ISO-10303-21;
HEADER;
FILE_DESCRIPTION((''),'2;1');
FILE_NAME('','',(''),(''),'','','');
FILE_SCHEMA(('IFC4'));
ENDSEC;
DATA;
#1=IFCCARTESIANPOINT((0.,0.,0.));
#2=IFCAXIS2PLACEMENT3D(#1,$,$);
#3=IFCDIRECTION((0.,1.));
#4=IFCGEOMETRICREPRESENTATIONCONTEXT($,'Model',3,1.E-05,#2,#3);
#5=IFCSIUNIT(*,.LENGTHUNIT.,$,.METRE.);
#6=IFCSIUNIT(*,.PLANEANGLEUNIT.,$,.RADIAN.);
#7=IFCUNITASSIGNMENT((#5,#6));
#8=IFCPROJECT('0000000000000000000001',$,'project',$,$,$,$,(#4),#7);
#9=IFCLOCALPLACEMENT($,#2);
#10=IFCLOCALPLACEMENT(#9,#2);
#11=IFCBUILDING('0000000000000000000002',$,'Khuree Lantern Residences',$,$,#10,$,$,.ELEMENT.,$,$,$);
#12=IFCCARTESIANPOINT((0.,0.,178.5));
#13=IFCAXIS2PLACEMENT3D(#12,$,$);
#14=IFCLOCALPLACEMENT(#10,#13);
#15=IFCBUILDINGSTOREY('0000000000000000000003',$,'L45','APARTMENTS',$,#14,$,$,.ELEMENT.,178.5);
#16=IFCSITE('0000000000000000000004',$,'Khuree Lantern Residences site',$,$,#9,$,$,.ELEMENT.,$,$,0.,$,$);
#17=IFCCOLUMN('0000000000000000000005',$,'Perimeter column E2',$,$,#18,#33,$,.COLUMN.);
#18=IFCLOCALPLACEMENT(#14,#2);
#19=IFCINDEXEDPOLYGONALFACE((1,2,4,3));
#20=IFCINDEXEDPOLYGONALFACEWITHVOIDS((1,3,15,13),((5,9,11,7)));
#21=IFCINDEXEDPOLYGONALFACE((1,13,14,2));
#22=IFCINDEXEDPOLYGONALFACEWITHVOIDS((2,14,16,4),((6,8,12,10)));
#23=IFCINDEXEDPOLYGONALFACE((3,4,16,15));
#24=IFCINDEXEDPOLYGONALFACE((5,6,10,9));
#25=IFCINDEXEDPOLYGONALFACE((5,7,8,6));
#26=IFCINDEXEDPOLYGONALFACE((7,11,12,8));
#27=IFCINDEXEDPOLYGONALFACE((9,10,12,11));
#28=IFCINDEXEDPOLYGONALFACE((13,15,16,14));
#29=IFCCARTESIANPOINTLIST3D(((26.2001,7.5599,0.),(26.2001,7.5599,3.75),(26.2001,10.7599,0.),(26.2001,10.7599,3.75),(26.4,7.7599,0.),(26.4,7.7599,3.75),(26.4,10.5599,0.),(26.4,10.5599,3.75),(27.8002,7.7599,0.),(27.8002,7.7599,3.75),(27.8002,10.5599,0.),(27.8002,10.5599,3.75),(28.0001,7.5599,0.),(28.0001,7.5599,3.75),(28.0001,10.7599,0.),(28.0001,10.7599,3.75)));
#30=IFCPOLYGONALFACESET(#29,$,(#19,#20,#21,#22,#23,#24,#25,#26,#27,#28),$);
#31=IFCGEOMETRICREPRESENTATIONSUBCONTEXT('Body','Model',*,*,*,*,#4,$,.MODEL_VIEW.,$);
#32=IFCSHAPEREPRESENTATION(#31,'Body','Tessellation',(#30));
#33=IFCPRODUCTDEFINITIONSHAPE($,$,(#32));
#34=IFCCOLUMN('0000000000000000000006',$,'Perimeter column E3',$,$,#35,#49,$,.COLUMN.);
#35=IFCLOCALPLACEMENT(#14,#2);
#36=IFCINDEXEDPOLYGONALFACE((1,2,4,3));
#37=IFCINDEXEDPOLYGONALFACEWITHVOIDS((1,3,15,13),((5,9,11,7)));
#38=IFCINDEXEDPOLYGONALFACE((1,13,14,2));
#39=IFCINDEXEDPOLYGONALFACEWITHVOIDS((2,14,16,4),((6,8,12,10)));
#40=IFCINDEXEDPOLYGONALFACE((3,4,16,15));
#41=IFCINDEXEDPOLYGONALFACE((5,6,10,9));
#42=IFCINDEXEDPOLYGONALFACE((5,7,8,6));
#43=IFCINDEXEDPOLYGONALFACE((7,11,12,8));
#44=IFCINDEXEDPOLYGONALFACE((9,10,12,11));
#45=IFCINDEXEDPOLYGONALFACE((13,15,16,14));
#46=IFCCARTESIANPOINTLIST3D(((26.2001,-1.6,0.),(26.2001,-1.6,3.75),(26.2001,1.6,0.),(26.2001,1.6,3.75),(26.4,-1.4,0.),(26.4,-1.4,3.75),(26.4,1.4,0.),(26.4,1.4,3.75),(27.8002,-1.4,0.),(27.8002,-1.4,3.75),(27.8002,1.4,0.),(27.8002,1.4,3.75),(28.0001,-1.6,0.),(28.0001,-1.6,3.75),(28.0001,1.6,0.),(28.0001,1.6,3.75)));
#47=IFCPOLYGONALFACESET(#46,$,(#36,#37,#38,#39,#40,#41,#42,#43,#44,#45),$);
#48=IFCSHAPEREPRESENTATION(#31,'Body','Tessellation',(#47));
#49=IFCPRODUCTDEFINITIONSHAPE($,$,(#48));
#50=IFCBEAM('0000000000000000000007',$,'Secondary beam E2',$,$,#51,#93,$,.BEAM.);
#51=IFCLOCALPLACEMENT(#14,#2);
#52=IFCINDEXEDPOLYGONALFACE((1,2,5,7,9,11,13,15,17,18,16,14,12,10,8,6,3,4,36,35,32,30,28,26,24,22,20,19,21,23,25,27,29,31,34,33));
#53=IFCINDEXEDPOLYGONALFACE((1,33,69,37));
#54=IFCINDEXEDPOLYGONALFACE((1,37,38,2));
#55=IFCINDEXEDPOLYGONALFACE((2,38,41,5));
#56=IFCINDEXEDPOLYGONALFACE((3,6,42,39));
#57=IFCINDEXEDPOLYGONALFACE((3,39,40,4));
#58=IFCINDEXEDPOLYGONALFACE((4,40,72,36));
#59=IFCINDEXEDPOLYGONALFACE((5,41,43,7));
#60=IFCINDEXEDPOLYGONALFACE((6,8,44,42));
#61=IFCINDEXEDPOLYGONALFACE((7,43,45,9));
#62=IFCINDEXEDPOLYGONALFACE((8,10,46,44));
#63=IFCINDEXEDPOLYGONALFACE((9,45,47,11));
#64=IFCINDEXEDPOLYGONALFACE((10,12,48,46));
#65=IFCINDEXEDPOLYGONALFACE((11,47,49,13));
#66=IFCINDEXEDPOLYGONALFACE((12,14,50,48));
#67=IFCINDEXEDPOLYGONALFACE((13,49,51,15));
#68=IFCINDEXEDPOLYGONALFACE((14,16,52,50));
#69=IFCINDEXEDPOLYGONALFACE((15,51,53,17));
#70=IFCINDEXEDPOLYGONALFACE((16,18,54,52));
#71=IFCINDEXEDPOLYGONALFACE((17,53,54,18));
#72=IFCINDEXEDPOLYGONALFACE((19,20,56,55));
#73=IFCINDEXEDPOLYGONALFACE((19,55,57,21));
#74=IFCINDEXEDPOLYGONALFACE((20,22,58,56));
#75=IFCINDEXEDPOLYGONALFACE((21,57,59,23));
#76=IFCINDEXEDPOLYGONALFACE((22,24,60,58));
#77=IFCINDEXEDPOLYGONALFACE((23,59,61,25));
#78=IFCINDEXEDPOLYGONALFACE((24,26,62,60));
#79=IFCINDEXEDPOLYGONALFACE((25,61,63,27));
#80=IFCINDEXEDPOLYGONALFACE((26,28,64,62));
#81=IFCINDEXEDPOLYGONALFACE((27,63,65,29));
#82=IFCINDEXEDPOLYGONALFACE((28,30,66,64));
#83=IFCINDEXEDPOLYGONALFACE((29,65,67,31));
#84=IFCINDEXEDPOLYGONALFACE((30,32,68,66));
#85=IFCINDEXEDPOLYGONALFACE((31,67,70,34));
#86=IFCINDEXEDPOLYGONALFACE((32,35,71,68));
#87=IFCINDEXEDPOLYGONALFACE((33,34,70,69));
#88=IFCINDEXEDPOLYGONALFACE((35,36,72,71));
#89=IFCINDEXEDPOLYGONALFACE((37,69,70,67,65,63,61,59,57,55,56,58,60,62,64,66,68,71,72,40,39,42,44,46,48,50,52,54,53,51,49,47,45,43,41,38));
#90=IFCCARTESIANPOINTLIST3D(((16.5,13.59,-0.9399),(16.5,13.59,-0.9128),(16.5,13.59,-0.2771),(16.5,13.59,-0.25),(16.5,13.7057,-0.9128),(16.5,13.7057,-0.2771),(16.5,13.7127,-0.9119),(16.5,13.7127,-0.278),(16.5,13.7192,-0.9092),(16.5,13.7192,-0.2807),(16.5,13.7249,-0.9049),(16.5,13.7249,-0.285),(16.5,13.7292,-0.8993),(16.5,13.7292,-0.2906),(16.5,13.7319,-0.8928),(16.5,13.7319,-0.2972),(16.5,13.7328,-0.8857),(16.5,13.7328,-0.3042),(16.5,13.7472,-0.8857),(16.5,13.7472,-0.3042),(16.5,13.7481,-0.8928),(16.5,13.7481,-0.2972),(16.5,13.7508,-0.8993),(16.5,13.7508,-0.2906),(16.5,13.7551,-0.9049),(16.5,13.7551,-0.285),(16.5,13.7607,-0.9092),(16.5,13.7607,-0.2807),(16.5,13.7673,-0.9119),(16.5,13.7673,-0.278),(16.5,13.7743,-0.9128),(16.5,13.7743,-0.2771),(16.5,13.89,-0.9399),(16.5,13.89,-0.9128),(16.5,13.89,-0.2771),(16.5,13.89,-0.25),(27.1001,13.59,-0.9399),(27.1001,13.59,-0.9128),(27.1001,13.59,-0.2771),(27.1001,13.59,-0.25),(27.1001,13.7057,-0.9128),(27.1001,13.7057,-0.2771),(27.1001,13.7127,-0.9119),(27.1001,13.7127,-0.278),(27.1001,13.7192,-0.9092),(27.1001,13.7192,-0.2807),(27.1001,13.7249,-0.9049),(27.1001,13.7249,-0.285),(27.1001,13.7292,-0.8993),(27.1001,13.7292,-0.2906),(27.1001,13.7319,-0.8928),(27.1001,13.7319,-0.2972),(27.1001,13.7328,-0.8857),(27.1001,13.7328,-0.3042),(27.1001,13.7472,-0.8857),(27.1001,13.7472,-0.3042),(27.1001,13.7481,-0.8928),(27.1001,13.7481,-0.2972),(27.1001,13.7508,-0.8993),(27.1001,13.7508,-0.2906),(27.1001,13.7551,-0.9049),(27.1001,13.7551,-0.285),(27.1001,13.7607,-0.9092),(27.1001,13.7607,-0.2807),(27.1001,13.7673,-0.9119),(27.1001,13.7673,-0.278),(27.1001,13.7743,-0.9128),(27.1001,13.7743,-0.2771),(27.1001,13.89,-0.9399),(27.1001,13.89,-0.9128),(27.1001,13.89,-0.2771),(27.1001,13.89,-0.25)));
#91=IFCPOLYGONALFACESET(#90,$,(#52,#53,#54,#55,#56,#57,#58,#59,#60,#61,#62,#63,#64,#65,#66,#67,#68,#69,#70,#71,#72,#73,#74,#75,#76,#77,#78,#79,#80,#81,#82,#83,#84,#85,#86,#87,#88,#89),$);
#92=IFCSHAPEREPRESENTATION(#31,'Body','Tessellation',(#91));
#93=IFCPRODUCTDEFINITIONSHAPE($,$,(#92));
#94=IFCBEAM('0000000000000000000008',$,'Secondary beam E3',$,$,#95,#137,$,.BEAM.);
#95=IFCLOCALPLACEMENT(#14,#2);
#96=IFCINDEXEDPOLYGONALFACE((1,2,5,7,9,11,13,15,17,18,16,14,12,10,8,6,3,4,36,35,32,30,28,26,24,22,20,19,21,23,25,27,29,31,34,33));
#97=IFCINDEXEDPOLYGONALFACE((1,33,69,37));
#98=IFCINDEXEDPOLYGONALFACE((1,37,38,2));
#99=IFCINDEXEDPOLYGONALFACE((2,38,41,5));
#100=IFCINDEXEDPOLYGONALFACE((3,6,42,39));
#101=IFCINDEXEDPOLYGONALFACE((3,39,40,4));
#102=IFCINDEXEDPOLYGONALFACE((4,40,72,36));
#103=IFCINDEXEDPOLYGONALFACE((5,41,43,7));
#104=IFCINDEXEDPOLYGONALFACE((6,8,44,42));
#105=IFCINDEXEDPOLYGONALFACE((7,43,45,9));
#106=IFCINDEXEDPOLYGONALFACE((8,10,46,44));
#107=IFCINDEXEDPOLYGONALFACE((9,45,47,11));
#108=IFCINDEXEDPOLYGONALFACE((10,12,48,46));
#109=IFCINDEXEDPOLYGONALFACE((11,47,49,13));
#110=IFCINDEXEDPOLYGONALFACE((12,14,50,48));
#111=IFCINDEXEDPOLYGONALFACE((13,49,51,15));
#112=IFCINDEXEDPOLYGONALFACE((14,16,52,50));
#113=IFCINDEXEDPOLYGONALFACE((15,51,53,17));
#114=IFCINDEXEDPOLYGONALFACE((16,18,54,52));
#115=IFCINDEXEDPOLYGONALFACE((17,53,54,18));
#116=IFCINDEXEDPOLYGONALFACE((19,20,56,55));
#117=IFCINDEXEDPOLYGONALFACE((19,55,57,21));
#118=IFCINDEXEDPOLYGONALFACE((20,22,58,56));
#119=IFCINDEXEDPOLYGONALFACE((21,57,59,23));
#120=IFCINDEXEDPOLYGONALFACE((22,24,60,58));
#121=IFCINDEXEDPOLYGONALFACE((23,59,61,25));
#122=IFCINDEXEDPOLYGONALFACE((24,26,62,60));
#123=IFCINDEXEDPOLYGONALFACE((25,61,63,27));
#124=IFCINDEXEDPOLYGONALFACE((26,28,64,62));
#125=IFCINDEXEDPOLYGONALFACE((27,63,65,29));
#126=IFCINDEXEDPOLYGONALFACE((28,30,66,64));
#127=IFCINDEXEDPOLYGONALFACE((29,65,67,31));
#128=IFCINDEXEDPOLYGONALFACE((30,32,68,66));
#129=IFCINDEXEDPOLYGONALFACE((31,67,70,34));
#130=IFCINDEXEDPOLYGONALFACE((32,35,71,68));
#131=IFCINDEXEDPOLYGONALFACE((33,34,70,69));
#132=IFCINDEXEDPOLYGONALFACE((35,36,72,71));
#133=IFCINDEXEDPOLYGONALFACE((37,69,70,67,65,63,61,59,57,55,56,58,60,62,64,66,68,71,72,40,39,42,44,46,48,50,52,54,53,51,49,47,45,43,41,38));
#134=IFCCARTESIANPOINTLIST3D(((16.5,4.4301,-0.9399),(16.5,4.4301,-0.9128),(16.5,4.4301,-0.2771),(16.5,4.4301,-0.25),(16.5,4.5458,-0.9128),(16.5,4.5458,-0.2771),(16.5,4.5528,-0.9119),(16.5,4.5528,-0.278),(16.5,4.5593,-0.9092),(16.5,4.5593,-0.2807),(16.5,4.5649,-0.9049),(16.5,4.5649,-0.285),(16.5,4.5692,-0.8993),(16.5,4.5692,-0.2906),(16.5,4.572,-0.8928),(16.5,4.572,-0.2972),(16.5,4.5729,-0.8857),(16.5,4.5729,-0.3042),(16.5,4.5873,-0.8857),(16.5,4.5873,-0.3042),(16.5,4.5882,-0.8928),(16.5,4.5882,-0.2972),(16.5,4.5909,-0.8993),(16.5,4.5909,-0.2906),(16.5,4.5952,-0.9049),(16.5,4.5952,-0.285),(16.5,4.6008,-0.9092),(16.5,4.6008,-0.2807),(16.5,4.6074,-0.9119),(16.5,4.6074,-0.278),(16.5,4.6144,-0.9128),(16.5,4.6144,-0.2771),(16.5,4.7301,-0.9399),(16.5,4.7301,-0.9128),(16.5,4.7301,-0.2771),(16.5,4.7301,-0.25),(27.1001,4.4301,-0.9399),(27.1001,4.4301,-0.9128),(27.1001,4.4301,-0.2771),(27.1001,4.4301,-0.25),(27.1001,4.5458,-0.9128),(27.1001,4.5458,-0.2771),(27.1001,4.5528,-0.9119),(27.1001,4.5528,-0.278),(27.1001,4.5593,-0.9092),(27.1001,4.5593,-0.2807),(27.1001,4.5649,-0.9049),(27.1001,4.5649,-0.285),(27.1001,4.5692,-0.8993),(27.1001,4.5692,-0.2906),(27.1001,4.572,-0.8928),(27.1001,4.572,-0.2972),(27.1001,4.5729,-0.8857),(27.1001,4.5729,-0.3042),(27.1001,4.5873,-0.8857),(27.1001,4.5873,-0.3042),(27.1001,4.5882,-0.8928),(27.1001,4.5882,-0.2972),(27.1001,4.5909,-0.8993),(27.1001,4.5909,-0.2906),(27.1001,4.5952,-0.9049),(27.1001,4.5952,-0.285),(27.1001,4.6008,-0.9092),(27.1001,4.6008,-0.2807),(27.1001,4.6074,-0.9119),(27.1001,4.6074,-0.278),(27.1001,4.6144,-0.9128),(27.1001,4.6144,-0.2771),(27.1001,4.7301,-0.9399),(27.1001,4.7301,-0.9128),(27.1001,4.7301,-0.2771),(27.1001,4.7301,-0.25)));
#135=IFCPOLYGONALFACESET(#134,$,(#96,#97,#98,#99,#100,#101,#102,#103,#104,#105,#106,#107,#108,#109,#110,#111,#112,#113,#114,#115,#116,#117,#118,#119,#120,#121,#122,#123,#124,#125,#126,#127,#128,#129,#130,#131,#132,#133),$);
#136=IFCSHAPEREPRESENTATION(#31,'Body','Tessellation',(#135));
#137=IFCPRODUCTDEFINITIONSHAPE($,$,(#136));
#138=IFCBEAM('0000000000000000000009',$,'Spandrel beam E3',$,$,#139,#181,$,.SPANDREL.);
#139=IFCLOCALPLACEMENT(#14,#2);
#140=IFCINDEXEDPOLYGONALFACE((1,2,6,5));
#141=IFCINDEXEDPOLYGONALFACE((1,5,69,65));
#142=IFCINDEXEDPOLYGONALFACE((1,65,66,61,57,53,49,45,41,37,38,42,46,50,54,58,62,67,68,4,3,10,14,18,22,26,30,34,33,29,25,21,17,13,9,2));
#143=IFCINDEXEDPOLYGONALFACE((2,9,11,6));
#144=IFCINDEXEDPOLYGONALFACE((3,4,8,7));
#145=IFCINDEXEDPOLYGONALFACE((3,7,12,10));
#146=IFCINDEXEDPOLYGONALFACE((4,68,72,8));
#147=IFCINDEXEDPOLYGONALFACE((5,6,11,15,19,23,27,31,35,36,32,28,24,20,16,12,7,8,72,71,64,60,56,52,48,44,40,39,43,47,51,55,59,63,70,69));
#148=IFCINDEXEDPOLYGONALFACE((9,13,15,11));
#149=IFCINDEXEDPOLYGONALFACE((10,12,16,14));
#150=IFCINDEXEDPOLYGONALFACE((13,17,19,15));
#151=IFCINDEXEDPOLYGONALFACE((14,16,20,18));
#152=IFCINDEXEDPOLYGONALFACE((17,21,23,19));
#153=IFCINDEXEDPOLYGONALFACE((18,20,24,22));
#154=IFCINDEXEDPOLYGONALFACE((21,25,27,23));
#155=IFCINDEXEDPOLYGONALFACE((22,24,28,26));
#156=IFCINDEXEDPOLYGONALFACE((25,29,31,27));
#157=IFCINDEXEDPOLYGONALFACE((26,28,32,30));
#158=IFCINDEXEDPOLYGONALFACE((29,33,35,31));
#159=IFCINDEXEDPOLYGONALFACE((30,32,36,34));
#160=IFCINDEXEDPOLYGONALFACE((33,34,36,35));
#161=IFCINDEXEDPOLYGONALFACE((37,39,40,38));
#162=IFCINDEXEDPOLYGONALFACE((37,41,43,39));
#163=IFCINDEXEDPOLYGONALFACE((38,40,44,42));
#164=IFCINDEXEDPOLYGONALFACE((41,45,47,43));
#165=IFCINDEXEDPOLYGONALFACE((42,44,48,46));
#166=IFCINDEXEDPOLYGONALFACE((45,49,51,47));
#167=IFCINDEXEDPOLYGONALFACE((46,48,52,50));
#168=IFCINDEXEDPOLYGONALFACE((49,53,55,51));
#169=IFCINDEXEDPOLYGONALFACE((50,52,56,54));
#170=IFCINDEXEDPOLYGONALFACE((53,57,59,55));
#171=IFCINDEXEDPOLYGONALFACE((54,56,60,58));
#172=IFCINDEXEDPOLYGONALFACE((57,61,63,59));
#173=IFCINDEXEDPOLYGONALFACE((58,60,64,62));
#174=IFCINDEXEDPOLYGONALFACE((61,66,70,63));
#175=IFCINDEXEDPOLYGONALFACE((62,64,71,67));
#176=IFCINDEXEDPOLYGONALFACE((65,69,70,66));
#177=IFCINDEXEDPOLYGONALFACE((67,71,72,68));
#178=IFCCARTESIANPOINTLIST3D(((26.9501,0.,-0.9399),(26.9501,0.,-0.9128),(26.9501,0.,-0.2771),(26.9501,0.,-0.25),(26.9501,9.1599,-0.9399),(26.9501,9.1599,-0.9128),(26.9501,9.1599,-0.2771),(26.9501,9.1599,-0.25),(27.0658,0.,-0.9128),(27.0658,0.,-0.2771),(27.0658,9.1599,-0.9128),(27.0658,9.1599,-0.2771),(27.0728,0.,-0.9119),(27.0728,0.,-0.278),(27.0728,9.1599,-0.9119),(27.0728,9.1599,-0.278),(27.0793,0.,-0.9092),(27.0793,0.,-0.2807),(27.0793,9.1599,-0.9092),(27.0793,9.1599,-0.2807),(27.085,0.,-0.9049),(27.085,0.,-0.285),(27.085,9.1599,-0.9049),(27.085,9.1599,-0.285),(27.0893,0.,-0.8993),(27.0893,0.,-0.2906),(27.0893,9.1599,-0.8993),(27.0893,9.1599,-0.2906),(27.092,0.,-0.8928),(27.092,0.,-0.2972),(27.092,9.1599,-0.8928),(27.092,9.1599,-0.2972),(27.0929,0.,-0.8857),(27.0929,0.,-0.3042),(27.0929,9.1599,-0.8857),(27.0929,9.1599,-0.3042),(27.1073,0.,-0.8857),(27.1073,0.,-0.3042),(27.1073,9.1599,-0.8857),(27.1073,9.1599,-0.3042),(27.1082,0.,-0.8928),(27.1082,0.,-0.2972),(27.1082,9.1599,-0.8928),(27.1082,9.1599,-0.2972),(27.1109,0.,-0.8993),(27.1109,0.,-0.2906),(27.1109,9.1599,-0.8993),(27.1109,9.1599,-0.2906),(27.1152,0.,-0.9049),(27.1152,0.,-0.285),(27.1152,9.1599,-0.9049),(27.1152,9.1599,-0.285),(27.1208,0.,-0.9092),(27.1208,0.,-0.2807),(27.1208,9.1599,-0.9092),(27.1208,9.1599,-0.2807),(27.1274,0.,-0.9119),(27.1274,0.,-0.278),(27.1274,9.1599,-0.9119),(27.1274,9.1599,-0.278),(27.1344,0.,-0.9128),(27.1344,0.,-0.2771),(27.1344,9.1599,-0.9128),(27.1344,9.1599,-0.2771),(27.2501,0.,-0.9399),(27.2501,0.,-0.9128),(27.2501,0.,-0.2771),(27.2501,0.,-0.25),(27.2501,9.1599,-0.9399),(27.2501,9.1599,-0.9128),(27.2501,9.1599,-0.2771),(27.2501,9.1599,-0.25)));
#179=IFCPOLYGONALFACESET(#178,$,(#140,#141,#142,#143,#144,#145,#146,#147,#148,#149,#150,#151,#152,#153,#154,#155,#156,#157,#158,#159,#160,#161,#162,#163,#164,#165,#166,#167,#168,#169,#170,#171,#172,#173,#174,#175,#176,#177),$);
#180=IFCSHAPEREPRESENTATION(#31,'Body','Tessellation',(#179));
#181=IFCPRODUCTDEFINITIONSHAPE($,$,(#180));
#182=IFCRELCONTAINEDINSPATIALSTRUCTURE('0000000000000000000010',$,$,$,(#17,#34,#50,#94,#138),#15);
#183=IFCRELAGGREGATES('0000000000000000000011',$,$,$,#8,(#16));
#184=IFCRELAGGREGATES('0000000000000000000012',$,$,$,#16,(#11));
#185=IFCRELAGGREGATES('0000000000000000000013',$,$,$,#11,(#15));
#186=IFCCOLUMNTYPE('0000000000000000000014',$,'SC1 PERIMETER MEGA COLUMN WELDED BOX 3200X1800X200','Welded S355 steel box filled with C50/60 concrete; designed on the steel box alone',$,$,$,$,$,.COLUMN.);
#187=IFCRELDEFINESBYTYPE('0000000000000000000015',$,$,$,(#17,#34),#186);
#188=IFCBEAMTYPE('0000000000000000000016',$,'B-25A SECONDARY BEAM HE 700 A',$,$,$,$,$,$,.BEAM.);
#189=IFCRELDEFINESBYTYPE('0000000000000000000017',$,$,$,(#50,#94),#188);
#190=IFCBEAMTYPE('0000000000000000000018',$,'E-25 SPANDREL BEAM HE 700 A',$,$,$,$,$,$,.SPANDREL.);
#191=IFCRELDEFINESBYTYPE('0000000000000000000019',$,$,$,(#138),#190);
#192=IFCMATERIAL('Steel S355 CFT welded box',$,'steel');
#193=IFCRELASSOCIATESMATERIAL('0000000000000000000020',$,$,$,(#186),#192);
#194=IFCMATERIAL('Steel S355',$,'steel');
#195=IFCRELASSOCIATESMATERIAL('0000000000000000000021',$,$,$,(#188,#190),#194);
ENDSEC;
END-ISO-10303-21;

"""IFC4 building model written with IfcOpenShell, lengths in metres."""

from ifc_helpers import new_model, si_unit, direction, frame, origin, origin_2d, place, context, subcontext, project, spatial, hollow_rectangle, i_section, extrude, material, material_profile, profile_set, type_object, element, save


model = new_model("IFC4")

# Units and contexts
model_context = context("Model", 3, precision=1e-05, world=origin(), true_north=direction((0.0, 1.0)))
body_context = subcontext(model_context, "Body", "Model", "MODEL_VIEW")
ifc_project = project(units=[si_unit("LENGTHUNIT", "METRE"), si_unit("PLANEANGLEUNIT", "RADIAN")], contexts=[model_context])

# Site, building, storey
site_placement = place(None, origin())
site = spatial("IfcSite", under=ifc_project, at=site_placement, Name="Khuree Lantern Residences site", CompositionType="ELEMENT", RefElevation=0.0)
building_placement = place(site_placement, origin())
building = spatial("IfcBuilding", under=site, at=building_placement, Name="Khuree Lantern Residences", CompositionType="ELEMENT")
storey_placement = place(building_placement, frame((0.0, 0.0, 178.5)))
storey = spatial("IfcBuildingStorey", under=building, at=storey_placement, Name="L45", Description="APARTMENTS", CompositionType="ELEMENT", Elevation=178.5)

# Columns
ifc_material_1 = material(Name="Steel S355 CFT welded box", Category="steel")
ifc_material_profile_1 = material_profile(ifc_material_1, hollow_rectangle(XDim=3.2, YDim=1.8, WallThickness=0.2, at=origin_2d()), Name="WELDED BOX 3200X1800X200")
ifc_profile_set_1 = profile_set([ifc_material_profile_1], Name="Steel S355 CFT welded box")
column_type = type_object("IfcColumnType", Name="SC1 PERIMETER MEGA COLUMN WELDED BOX 3200X1800X200", Description="Welded S355 steel box filled with C50/60 concrete; designed on the steel box alone", PredefinedType="COLUMN", material=ifc_profile_set_1)
for number, where, z_axis, x_axis, name in (
    (1, (27.1001, 9.1599, 0.0), (0.0, 0.0, 1.0), (0.0, 1.0, 0.0), "Perimeter column E2"),
    (2, (27.1001, 0.0, 0.0), (0.0, 0.0, 1.0), (0.0, 1.0, 0.0), "Perimeter column E3"),
):
    element("IfcColumn", number, at=place(storey_placement, frame(where, z_axis=z_axis, x_axis=x_axis)), inside=storey, type_object=column_type, Name=name, PredefinedType="COLUMN", context=body_context, shape_type="SweptSolid", body=[
        extrude(hollow_rectangle(XDim=3.2, YDim=1.8, WallThickness=0.2, at=origin_2d()), origin(), (0.0, 0.0, 1.0), 3.75),
    ])

# Beams
ifc_material_2 = material(Name="Steel S355", Category="steel")
ifc_material_profile_2 = material_profile(ifc_material_2, i_section(OverallWidth=0.3, OverallDepth=0.6899, WebThickness=0.0144, FlangeThickness=0.0271, FilletRadius=0.0271, at=origin_2d()), Name="HE 700 A")
ifc_profile_set_2 = profile_set([ifc_material_profile_2], Name="Steel S355")
beam_type_1 = type_object("IfcBeamType", Name="B-25A SECONDARY BEAM HE 700 A", PredefinedType="BEAM", material=ifc_profile_set_2)
for number, where, z_axis, x_axis, name in (
    (3, (27.1001, 13.74, -0.595), (-1.0, 0.0, 0.0), (0.0, -1.0, 0.0), "Secondary beam E2"),
    (4, (27.1001, 4.5801, -0.595), (-1.0, 0.0, 0.0), (0.0, -1.0, 0.0), "Secondary beam E3"),
):
    element("IfcBeam", number, at=place(storey_placement, frame(where, z_axis=z_axis, x_axis=x_axis)), inside=storey, type_object=beam_type_1, Name=name, PredefinedType="BEAM", context=body_context, shape_type="SweptSolid", body=[
        extrude(i_section(OverallWidth=0.3, OverallDepth=0.6899, WebThickness=0.0144, FlangeThickness=0.0271, FilletRadius=0.0271, at=origin_2d()), origin(), (0.0, 0.0, 1.0), 10.6001),
    ])
ifc_material_profile_3 = material_profile(ifc_material_2, i_section(OverallWidth=0.3, OverallDepth=0.6899, WebThickness=0.0144, FlangeThickness=0.0271, FilletRadius=0.0271, at=origin_2d()), Name="HE 700 A")
ifc_profile_set_3 = profile_set([ifc_material_profile_3], Name="Steel S355")
beam_type_2 = type_object("IfcBeamType", Name="E-25 SPANDREL BEAM HE 700 A", PredefinedType="SPANDREL", material=ifc_profile_set_3)
for number, where, z_axis, x_axis, name in (
    (5, (27.1001, 9.1599, -0.595), (0.0, -1.0, 0.0), (1.0, 0.0, 0.0), "Spandrel beam E3"),
):
    element("IfcBeam", number, at=place(storey_placement, frame(where, z_axis=z_axis, x_axis=x_axis)), inside=storey, type_object=beam_type_2, Name=name, PredefinedType="SPANDREL", context=body_context, shape_type="SweptSolid", body=[
        extrude(i_section(OverallWidth=0.3, OverallDepth=0.6899, WebThickness=0.0144, FlangeThickness=0.0271, FilletRadius=0.0271, at=origin_2d()), origin(), (0.0, 0.0, 1.0), 9.1599),
    ])

save(model, "model.ifc")
